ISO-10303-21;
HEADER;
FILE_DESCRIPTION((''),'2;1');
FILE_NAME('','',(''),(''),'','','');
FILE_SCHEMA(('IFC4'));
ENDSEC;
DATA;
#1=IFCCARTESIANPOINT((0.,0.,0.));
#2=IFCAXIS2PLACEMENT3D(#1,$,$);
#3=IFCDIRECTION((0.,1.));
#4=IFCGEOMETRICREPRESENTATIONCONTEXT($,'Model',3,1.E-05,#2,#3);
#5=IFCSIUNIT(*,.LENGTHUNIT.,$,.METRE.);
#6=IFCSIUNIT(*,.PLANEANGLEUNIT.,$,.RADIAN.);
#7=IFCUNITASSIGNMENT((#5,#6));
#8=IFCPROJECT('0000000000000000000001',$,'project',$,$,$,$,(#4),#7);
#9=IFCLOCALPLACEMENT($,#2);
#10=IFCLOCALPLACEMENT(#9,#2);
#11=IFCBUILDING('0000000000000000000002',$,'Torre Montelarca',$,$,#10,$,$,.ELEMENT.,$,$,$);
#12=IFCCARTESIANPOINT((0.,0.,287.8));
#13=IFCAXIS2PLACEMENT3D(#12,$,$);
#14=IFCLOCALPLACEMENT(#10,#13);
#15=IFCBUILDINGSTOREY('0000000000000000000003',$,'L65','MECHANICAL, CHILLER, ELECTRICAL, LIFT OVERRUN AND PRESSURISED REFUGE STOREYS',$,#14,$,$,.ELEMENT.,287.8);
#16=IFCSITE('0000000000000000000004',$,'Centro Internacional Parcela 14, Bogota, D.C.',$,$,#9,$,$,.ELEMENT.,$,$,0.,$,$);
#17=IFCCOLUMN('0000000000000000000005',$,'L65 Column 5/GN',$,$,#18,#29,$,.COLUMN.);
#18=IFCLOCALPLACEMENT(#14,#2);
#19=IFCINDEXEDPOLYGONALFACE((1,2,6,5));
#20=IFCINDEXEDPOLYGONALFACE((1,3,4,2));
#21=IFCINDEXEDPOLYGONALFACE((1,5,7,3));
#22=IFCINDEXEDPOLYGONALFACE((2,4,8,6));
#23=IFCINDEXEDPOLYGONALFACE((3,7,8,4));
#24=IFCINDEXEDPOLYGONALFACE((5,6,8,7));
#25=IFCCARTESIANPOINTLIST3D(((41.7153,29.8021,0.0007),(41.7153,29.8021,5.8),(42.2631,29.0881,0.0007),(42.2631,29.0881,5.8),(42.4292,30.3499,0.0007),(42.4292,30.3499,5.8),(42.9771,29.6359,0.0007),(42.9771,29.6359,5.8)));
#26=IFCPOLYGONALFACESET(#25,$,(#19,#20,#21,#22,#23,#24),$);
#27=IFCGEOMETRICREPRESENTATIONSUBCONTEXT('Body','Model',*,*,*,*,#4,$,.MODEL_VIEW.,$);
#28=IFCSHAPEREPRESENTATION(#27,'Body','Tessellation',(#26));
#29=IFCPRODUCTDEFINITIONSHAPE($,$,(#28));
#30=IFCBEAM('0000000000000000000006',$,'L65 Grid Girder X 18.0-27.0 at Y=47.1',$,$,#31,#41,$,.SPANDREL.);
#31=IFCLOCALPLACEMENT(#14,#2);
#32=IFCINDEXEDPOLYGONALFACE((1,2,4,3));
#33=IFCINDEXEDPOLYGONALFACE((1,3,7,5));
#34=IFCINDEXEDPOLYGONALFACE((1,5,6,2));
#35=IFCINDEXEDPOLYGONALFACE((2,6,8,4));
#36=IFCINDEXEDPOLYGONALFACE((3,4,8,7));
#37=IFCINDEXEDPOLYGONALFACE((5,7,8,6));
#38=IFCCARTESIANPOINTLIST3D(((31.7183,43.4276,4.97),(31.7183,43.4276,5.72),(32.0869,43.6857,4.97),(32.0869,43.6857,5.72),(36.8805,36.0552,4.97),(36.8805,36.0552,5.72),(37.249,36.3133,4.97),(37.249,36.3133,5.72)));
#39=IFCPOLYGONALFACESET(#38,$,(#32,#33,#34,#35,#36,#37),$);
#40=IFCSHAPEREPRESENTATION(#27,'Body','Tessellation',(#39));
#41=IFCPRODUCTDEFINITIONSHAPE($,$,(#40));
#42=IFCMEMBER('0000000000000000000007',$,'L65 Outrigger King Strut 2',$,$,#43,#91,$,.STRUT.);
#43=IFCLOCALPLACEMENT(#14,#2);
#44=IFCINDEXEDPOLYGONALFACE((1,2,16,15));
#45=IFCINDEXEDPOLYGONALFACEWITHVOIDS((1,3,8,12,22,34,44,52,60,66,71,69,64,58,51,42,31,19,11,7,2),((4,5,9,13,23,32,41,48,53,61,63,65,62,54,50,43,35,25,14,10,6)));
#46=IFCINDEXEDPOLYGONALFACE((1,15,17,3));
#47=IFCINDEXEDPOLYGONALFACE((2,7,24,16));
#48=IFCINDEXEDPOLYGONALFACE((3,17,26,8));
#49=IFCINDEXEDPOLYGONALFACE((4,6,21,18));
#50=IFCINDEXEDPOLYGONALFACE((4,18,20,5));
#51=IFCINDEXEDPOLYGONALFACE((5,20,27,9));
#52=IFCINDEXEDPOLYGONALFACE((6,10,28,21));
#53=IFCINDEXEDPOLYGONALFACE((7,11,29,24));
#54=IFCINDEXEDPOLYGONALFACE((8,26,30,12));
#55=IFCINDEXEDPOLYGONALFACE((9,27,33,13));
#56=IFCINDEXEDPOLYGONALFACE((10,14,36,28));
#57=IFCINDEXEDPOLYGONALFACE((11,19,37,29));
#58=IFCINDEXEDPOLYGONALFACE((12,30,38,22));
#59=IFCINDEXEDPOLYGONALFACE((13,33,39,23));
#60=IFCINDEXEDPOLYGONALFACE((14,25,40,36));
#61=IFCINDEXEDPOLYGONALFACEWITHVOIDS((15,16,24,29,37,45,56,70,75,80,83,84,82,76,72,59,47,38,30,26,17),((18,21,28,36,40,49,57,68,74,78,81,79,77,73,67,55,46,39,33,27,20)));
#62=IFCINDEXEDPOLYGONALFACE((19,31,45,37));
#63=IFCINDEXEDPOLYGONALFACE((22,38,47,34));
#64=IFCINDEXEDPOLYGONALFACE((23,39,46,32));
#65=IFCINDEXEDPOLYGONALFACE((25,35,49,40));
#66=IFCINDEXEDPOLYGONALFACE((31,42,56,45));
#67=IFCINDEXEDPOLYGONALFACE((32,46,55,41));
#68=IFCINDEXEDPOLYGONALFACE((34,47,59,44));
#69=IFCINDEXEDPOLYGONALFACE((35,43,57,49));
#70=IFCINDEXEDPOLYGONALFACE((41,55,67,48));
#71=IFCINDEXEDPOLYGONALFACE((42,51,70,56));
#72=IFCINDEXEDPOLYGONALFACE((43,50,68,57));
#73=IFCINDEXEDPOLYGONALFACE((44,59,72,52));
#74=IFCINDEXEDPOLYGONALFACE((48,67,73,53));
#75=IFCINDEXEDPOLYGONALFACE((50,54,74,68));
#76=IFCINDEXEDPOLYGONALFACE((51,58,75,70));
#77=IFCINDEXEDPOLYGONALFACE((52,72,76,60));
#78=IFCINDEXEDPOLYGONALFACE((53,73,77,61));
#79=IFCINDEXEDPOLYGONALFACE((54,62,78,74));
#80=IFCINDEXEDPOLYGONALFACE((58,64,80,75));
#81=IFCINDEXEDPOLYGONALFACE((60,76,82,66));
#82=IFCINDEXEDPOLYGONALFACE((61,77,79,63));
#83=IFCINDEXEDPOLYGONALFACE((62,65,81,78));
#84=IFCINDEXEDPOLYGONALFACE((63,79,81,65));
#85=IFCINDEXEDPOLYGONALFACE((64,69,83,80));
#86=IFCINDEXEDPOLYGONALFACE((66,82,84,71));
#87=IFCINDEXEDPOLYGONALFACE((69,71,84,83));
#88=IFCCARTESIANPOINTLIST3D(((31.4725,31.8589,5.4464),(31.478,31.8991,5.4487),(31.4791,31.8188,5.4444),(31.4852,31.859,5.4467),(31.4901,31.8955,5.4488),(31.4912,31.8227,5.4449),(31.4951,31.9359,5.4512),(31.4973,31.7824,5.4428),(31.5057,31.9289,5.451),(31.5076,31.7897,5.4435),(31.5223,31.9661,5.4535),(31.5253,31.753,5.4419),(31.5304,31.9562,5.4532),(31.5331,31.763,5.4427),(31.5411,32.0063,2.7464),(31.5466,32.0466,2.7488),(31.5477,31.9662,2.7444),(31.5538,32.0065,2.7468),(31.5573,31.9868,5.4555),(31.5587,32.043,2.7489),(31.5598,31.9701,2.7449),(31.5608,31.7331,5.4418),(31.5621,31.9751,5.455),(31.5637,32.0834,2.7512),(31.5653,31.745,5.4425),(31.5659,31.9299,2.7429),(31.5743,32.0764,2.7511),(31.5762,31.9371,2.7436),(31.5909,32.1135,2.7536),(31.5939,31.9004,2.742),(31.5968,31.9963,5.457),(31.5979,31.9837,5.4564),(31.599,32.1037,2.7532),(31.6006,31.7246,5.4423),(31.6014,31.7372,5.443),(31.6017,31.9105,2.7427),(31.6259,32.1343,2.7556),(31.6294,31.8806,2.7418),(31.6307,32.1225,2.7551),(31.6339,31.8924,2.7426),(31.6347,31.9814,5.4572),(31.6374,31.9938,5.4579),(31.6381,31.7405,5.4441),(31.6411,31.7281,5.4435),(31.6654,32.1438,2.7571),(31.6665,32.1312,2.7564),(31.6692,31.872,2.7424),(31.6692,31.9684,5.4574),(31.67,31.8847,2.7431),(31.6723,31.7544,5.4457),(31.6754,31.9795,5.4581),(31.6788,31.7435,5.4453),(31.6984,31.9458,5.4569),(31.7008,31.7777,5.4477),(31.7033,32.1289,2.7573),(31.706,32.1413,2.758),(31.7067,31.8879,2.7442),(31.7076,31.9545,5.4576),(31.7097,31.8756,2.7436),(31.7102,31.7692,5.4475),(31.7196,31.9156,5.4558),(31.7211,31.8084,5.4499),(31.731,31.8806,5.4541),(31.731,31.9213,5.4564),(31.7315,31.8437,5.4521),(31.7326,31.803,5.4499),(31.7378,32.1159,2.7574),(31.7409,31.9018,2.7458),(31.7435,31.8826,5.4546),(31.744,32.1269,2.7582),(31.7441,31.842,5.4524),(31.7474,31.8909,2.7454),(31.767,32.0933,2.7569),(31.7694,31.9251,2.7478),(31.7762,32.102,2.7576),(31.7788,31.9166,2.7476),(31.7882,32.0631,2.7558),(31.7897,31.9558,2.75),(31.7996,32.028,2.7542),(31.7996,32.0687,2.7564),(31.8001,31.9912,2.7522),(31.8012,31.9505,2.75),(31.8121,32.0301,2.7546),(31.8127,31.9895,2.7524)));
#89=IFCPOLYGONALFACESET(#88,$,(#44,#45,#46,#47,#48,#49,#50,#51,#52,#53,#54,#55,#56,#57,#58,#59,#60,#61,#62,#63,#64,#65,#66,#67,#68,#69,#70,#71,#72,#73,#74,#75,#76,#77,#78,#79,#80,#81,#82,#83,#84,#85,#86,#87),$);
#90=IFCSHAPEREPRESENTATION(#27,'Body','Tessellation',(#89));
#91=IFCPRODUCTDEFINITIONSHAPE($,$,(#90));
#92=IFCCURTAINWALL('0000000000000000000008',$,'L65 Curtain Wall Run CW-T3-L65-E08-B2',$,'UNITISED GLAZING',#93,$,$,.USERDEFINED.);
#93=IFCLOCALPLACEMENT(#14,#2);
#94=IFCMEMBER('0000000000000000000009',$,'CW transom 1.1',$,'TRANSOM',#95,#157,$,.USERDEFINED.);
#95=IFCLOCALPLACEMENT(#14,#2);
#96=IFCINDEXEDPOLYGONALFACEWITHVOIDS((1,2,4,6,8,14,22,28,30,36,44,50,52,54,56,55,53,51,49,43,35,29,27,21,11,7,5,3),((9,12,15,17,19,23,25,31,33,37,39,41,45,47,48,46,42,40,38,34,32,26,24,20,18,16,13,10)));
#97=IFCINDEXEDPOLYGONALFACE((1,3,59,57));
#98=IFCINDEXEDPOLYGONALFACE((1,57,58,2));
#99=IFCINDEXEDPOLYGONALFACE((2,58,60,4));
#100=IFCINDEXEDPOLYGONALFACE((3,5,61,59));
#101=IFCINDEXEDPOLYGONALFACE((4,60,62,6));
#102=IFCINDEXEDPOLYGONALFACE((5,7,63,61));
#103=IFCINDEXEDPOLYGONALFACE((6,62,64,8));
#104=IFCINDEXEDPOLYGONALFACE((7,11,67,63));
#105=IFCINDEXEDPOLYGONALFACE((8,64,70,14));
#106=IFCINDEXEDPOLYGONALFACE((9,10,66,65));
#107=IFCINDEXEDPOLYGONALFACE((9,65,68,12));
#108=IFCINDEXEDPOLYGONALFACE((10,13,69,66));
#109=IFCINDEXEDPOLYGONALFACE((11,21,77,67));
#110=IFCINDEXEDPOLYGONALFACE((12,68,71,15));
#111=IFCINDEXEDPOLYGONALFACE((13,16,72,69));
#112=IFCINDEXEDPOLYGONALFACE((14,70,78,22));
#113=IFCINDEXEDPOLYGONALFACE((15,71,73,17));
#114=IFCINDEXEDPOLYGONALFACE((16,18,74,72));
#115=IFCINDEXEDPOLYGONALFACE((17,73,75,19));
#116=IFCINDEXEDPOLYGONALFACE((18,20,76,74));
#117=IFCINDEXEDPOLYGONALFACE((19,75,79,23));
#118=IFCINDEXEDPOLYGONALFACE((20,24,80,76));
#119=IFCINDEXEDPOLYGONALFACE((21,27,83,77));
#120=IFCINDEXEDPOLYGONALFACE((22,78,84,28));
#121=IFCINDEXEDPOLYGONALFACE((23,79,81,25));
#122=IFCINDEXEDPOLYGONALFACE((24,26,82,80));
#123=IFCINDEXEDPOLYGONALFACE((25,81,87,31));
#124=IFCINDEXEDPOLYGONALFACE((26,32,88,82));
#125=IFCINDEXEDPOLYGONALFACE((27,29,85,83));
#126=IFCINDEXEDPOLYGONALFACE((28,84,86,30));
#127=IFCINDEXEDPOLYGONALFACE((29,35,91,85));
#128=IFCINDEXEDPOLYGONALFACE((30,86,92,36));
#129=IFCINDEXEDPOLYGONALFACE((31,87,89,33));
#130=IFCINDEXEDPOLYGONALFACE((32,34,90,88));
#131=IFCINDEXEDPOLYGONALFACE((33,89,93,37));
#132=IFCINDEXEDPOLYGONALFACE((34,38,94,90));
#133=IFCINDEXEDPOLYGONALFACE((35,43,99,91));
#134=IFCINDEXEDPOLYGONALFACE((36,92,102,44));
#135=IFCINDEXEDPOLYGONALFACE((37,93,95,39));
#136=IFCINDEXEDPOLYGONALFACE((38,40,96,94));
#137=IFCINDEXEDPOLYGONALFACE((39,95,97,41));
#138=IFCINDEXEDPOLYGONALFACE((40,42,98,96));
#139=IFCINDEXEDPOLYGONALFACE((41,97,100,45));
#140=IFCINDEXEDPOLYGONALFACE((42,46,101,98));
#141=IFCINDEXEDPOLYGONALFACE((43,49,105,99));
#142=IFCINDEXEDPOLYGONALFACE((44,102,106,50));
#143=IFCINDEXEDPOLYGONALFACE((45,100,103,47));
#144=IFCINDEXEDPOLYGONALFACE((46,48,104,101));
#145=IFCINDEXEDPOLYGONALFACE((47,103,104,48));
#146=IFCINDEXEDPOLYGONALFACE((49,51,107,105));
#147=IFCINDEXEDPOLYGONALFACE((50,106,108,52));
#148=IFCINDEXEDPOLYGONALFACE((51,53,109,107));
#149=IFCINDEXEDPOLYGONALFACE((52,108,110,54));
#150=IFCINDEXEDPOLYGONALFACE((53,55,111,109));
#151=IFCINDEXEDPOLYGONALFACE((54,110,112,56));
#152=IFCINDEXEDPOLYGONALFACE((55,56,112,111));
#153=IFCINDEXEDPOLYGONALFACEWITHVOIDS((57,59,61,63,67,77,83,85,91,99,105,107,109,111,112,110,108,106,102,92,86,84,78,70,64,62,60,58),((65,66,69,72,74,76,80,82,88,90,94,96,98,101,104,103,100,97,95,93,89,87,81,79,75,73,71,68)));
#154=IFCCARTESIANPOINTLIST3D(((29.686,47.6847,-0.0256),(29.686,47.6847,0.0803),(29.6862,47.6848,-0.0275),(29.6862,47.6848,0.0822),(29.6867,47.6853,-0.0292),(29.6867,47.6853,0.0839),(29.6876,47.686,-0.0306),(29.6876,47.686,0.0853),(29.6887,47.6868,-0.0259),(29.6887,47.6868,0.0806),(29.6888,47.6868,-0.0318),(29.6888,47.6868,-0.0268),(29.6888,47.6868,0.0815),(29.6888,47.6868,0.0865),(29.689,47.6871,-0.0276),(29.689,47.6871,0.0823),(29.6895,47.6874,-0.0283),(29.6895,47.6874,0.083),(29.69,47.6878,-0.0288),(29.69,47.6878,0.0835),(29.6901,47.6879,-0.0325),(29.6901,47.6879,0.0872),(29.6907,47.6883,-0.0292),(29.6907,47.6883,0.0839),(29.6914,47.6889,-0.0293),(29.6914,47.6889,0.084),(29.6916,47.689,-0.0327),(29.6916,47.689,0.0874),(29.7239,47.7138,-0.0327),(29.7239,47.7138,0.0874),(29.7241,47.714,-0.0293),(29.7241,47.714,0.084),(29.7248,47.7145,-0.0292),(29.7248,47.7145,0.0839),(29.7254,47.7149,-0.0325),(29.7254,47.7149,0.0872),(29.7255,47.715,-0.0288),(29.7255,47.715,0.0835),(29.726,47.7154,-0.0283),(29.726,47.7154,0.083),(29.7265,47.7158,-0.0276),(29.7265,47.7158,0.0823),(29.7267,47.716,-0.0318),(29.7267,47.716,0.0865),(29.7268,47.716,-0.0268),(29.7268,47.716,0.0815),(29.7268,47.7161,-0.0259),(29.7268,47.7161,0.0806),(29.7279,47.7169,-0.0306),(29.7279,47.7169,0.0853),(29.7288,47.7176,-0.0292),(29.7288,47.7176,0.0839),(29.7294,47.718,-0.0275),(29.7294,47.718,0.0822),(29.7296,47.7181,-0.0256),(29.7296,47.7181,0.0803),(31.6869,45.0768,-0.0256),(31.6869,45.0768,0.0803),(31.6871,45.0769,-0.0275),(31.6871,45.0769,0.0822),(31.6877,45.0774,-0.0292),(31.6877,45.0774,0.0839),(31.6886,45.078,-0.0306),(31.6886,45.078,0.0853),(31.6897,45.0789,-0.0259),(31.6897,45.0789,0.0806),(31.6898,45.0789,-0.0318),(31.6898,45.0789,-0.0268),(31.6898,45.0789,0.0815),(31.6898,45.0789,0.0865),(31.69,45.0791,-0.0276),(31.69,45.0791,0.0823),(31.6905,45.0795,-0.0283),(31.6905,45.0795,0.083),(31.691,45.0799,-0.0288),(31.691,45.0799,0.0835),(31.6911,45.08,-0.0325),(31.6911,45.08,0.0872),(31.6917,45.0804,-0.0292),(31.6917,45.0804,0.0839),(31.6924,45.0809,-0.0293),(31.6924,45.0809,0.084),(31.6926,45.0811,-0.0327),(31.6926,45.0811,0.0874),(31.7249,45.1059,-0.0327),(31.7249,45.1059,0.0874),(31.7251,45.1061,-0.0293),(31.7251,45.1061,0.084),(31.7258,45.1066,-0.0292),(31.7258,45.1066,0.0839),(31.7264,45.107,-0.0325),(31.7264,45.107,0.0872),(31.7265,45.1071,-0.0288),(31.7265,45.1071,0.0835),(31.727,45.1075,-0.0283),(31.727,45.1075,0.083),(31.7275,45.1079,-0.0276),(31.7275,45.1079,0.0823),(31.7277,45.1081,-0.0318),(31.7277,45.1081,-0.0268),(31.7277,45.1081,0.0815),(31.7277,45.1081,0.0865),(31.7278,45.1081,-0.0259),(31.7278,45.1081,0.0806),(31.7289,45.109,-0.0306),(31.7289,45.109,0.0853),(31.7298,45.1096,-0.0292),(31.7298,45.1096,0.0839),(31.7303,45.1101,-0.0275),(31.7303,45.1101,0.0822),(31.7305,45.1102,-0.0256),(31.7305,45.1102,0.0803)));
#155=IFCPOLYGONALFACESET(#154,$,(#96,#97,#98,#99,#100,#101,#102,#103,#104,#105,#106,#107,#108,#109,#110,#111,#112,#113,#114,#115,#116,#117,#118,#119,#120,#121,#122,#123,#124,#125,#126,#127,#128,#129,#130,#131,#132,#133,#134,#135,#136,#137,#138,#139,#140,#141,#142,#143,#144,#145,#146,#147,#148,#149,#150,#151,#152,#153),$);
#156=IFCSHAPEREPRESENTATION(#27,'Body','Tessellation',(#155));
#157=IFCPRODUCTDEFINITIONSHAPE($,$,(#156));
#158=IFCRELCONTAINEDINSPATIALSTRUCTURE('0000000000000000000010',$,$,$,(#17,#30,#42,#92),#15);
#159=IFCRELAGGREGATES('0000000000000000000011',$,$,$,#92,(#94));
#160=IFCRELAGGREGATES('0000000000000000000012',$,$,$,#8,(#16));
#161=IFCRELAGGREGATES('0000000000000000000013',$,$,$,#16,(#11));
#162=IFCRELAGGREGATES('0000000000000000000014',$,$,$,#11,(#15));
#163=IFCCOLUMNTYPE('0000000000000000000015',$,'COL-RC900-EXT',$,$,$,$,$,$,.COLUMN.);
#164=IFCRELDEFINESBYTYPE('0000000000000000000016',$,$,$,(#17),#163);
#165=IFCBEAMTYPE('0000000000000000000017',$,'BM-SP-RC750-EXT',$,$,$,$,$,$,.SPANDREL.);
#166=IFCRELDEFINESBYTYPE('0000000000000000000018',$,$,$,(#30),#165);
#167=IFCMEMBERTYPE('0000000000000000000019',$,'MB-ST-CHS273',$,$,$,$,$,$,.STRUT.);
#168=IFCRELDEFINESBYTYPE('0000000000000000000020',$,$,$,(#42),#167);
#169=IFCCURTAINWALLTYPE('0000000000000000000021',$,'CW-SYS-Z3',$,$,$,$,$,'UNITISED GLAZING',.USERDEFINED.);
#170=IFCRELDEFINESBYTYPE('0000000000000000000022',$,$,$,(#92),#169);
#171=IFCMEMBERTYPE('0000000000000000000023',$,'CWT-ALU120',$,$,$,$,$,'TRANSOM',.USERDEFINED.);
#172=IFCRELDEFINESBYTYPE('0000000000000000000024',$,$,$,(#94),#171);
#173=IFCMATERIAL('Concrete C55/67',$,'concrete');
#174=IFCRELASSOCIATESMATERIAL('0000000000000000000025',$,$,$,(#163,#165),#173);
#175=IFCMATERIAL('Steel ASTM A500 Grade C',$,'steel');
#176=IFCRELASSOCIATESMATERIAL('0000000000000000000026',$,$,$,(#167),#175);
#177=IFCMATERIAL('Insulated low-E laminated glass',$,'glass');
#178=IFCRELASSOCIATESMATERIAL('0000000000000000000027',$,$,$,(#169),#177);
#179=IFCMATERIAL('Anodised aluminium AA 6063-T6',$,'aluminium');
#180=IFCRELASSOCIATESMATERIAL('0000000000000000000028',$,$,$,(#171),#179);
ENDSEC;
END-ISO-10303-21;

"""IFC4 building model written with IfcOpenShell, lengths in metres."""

from ifc_helpers import new_model, si_unit, direction, frame, origin, origin_2d, place, context, subcontext, project, spatial, rectangle, hollow_rectangle, hollow_circle, extrude, source, transform, mapped, material, material_profile, profile_set, type_object, element, aggregate, save


model = new_model("IFC4")

# Units and contexts
model_context = context("Model", 3, precision=1e-05, world=origin(), true_north=direction((0.0, 1.0)))
body_context = subcontext(model_context, "Body", "Model", "MODEL_VIEW")
ifc_project = project(units=[si_unit("LENGTHUNIT", "METRE"), si_unit("PLANEANGLEUNIT", "RADIAN")], contexts=[model_context])

# Site, building, storey
site_placement = place(None, origin())
site = spatial("IfcSite", under=ifc_project, at=site_placement, Name="Centro Internacional Parcela 14, Bogota, D.C.", CompositionType="ELEMENT", RefElevation=0.0)
building_placement = place(site_placement, origin())
building = spatial("IfcBuilding", under=site, at=building_placement, Name="Torre Montelarca", CompositionType="ELEMENT")
storey_placement = place(building_placement, frame((0.0, 0.0, 287.8)))
storey = spatial("IfcBuildingStorey", under=building, at=storey_placement, Name="L65", Description="MECHANICAL, CHILLER, ELECTRICAL, LIFT OVERRUN AND PRESSURISED REFUGE STOREYS", CompositionType="ELEMENT", Elevation=287.8)

# Column
ifc_material_1 = material(Name="Concrete C55/67", Category="concrete")
ifc_material_profile_1 = material_profile(ifc_material_1, rectangle(XDim=0.8999, YDim=0.8999, at=origin_2d()), Name="RC900X900", Category="concrete")
ifc_profile_set_1 = profile_set([ifc_material_profile_1], Name="Concrete C55/67")
column_type = type_object("IfcColumnType", Name="COL-RC900-EXT", PredefinedType="COLUMN", material=ifc_profile_set_1)
shared_shape_1 = source(origin(), body_context, "Body", "SweptSolid", [
    extrude(rectangle(XDim=0.8999, YDim=0.8999, at=origin_2d()), origin(), (0.0, 0.0, 1.0), 5.7993),
])
column_1_placement = place(storey_placement, frame((42.3462, 29.719, 0.0007), z_axis=(0.0, 0.0, 1.0), x_axis=(-0.608761, 0.793353, 0.0)))
element("IfcColumn", 1, at=column_1_placement, inside=storey, type_object=column_type, Name="L65 Column 5/GN", PredefinedType="COLUMN", context=body_context, shape_type="MappedRepresentation", body=[
    mapped(shared_shape_1, transform((0.0, 0.0, 0.0), scale=1.0)),
])

# Beam
ifc_material_profile_2 = material_profile(ifc_material_1, rectangle(XDim=0.45, YDim=0.75, at=origin_2d()), Name="RCB450X750", Category="concrete")
ifc_profile_set_2 = profile_set([ifc_material_profile_2], Name="Concrete C55/67")
beam_type = type_object("IfcBeamType", Name="BM-SP-RC750-EXT", PredefinedType="SPANDREL", material=ifc_profile_set_2)
shared_shape_2 = source(origin(), body_context, "Body", "SweptSolid", [
    extrude(rectangle(XDim=0.45, YDim=0.75, at=origin_2d()), origin(), (0.0, 0.0, 1.0), 9.0),
])
beam_placement = place(storey_placement, frame((31.9026, 43.5566, 5.345), z_axis=(0.573573, -0.819154, 0.0), x_axis=(0.819154, 0.573573, 0.0)))
element("IfcBeam", 2, at=beam_placement, inside=storey, type_object=beam_type, Name="L65 Grid Girder X 18.0-27.0 at Y=47.1", PredefinedType="SPANDREL", context=body_context, shape_type="MappedRepresentation", body=[
    mapped(shared_shape_2, transform((0.0, 0.0, 0.0), scale=1.0)),
])

# Member
ifc_material_2 = material(Name="Steel ASTM A500 Grade C", Category="steel")
ifc_material_profile_3 = material_profile(ifc_material_2, hollow_circle(Radius=0.1365, WallThickness=0.0127, at=origin_2d()), Name="HSS273.1X12.7", Category="steel")
ifc_profile_set_3 = profile_set([ifc_material_profile_3], Name="Steel ASTM A500 Grade C")
member_type_1 = type_object("IfcMemberType", Name="MB-ST-CHS273", PredefinedType="STRUT", material=ifc_profile_set_3)
shared_shape_3 = source(origin(), body_context, "Body", "SweptSolid", [
    extrude(hollow_circle(Radius=0.1365, WallThickness=0.0127, at=origin_2d()), origin(), (0.0, 0.0, 1.0), 2.7048),
])
member_1_placement = place(storey_placement, frame((31.6775, 32.0081, 2.75), z_axis=(-0.025363, -0.054517, 0.998191), x_axis=(0.906681, -0.421817, 0.0)))
element("IfcMember", 3, at=member_1_placement, inside=storey, type_object=member_type_1, Name="L65 Outrigger King Strut 2", PredefinedType="STRUT", context=body_context, shape_type="MappedRepresentation", body=[
    mapped(shared_shape_3, transform((0.0, 0.0, 0.0), scale=1.0)),
])

# Curtain wall, member
ifc_material_3 = material(Name="Insulated low-E laminated glass", Category="glass")
curtain_wall_type = type_object("IfcCurtainWallType", Name="CW-SYS-Z3", ElementType="UNITISED GLAZING", PredefinedType="USERDEFINED", material=ifc_material_3)
curtain_wall_1_placement = place(storey_placement, origin())
curtain_wall_1 = element("IfcCurtainWall", 4, at=curtain_wall_1_placement, inside=storey, type_object=curtain_wall_type, Name="L65 Curtain Wall Run CW-T3-L65-E08-B2", ObjectType="UNITISED GLAZING", PredefinedType="USERDEFINED")
ifc_material_4 = material(Name="Anodised aluminium AA 6063-T6", Category="aluminium")
ifc_material_profile_4 = material_profile(ifc_material_4, hollow_rectangle(XDim=0.0549, YDim=0.1201, WallThickness=0.0034, InnerFilletRadius=0.0034, OuterFilletRadius=0.0071, at=origin_2d()), Name="ALU55X120X3.5", Category="aluminium")
ifc_profile_set_4 = profile_set([ifc_material_profile_4], Name="Anodised aluminium AA 6063-T6")
member_type_2 = type_object("IfcMemberType", Name="CWT-ALU120", ElementType="TRANSOM", PredefinedType="USERDEFINED", material=ifc_profile_set_4)
shared_shape_4 = source(origin(), body_context, "Body", "SweptSolid", [
    extrude(hollow_rectangle(XDim=0.0549, YDim=0.1201, WallThickness=0.0034, InnerFilletRadius=0.0034, OuterFilletRadius=0.0071, at=origin_2d()), origin(), (0.0, 0.0, 1.0), 3.2871),
])
member_2_placement = place(storey_placement, frame((31.7087, 45.0935, 0.0273), z_axis=(-0.608734, 0.793374, 0.0), x_axis=(-0.793374, -0.608734, 0.0)))
member_2 = element("IfcMember", 5, at=member_2_placement, type_object=member_type_2, Name="CW transom 1.1", ObjectType="TRANSOM", PredefinedType="USERDEFINED", context=body_context, shape_type="MappedRepresentation", body=[
    mapped(shared_shape_4, transform((0.0, 0.0, 0.0), scale=1.0)),
])

aggregate(curtain_wall_1, [member_2])

save(model, "model.ifc")
